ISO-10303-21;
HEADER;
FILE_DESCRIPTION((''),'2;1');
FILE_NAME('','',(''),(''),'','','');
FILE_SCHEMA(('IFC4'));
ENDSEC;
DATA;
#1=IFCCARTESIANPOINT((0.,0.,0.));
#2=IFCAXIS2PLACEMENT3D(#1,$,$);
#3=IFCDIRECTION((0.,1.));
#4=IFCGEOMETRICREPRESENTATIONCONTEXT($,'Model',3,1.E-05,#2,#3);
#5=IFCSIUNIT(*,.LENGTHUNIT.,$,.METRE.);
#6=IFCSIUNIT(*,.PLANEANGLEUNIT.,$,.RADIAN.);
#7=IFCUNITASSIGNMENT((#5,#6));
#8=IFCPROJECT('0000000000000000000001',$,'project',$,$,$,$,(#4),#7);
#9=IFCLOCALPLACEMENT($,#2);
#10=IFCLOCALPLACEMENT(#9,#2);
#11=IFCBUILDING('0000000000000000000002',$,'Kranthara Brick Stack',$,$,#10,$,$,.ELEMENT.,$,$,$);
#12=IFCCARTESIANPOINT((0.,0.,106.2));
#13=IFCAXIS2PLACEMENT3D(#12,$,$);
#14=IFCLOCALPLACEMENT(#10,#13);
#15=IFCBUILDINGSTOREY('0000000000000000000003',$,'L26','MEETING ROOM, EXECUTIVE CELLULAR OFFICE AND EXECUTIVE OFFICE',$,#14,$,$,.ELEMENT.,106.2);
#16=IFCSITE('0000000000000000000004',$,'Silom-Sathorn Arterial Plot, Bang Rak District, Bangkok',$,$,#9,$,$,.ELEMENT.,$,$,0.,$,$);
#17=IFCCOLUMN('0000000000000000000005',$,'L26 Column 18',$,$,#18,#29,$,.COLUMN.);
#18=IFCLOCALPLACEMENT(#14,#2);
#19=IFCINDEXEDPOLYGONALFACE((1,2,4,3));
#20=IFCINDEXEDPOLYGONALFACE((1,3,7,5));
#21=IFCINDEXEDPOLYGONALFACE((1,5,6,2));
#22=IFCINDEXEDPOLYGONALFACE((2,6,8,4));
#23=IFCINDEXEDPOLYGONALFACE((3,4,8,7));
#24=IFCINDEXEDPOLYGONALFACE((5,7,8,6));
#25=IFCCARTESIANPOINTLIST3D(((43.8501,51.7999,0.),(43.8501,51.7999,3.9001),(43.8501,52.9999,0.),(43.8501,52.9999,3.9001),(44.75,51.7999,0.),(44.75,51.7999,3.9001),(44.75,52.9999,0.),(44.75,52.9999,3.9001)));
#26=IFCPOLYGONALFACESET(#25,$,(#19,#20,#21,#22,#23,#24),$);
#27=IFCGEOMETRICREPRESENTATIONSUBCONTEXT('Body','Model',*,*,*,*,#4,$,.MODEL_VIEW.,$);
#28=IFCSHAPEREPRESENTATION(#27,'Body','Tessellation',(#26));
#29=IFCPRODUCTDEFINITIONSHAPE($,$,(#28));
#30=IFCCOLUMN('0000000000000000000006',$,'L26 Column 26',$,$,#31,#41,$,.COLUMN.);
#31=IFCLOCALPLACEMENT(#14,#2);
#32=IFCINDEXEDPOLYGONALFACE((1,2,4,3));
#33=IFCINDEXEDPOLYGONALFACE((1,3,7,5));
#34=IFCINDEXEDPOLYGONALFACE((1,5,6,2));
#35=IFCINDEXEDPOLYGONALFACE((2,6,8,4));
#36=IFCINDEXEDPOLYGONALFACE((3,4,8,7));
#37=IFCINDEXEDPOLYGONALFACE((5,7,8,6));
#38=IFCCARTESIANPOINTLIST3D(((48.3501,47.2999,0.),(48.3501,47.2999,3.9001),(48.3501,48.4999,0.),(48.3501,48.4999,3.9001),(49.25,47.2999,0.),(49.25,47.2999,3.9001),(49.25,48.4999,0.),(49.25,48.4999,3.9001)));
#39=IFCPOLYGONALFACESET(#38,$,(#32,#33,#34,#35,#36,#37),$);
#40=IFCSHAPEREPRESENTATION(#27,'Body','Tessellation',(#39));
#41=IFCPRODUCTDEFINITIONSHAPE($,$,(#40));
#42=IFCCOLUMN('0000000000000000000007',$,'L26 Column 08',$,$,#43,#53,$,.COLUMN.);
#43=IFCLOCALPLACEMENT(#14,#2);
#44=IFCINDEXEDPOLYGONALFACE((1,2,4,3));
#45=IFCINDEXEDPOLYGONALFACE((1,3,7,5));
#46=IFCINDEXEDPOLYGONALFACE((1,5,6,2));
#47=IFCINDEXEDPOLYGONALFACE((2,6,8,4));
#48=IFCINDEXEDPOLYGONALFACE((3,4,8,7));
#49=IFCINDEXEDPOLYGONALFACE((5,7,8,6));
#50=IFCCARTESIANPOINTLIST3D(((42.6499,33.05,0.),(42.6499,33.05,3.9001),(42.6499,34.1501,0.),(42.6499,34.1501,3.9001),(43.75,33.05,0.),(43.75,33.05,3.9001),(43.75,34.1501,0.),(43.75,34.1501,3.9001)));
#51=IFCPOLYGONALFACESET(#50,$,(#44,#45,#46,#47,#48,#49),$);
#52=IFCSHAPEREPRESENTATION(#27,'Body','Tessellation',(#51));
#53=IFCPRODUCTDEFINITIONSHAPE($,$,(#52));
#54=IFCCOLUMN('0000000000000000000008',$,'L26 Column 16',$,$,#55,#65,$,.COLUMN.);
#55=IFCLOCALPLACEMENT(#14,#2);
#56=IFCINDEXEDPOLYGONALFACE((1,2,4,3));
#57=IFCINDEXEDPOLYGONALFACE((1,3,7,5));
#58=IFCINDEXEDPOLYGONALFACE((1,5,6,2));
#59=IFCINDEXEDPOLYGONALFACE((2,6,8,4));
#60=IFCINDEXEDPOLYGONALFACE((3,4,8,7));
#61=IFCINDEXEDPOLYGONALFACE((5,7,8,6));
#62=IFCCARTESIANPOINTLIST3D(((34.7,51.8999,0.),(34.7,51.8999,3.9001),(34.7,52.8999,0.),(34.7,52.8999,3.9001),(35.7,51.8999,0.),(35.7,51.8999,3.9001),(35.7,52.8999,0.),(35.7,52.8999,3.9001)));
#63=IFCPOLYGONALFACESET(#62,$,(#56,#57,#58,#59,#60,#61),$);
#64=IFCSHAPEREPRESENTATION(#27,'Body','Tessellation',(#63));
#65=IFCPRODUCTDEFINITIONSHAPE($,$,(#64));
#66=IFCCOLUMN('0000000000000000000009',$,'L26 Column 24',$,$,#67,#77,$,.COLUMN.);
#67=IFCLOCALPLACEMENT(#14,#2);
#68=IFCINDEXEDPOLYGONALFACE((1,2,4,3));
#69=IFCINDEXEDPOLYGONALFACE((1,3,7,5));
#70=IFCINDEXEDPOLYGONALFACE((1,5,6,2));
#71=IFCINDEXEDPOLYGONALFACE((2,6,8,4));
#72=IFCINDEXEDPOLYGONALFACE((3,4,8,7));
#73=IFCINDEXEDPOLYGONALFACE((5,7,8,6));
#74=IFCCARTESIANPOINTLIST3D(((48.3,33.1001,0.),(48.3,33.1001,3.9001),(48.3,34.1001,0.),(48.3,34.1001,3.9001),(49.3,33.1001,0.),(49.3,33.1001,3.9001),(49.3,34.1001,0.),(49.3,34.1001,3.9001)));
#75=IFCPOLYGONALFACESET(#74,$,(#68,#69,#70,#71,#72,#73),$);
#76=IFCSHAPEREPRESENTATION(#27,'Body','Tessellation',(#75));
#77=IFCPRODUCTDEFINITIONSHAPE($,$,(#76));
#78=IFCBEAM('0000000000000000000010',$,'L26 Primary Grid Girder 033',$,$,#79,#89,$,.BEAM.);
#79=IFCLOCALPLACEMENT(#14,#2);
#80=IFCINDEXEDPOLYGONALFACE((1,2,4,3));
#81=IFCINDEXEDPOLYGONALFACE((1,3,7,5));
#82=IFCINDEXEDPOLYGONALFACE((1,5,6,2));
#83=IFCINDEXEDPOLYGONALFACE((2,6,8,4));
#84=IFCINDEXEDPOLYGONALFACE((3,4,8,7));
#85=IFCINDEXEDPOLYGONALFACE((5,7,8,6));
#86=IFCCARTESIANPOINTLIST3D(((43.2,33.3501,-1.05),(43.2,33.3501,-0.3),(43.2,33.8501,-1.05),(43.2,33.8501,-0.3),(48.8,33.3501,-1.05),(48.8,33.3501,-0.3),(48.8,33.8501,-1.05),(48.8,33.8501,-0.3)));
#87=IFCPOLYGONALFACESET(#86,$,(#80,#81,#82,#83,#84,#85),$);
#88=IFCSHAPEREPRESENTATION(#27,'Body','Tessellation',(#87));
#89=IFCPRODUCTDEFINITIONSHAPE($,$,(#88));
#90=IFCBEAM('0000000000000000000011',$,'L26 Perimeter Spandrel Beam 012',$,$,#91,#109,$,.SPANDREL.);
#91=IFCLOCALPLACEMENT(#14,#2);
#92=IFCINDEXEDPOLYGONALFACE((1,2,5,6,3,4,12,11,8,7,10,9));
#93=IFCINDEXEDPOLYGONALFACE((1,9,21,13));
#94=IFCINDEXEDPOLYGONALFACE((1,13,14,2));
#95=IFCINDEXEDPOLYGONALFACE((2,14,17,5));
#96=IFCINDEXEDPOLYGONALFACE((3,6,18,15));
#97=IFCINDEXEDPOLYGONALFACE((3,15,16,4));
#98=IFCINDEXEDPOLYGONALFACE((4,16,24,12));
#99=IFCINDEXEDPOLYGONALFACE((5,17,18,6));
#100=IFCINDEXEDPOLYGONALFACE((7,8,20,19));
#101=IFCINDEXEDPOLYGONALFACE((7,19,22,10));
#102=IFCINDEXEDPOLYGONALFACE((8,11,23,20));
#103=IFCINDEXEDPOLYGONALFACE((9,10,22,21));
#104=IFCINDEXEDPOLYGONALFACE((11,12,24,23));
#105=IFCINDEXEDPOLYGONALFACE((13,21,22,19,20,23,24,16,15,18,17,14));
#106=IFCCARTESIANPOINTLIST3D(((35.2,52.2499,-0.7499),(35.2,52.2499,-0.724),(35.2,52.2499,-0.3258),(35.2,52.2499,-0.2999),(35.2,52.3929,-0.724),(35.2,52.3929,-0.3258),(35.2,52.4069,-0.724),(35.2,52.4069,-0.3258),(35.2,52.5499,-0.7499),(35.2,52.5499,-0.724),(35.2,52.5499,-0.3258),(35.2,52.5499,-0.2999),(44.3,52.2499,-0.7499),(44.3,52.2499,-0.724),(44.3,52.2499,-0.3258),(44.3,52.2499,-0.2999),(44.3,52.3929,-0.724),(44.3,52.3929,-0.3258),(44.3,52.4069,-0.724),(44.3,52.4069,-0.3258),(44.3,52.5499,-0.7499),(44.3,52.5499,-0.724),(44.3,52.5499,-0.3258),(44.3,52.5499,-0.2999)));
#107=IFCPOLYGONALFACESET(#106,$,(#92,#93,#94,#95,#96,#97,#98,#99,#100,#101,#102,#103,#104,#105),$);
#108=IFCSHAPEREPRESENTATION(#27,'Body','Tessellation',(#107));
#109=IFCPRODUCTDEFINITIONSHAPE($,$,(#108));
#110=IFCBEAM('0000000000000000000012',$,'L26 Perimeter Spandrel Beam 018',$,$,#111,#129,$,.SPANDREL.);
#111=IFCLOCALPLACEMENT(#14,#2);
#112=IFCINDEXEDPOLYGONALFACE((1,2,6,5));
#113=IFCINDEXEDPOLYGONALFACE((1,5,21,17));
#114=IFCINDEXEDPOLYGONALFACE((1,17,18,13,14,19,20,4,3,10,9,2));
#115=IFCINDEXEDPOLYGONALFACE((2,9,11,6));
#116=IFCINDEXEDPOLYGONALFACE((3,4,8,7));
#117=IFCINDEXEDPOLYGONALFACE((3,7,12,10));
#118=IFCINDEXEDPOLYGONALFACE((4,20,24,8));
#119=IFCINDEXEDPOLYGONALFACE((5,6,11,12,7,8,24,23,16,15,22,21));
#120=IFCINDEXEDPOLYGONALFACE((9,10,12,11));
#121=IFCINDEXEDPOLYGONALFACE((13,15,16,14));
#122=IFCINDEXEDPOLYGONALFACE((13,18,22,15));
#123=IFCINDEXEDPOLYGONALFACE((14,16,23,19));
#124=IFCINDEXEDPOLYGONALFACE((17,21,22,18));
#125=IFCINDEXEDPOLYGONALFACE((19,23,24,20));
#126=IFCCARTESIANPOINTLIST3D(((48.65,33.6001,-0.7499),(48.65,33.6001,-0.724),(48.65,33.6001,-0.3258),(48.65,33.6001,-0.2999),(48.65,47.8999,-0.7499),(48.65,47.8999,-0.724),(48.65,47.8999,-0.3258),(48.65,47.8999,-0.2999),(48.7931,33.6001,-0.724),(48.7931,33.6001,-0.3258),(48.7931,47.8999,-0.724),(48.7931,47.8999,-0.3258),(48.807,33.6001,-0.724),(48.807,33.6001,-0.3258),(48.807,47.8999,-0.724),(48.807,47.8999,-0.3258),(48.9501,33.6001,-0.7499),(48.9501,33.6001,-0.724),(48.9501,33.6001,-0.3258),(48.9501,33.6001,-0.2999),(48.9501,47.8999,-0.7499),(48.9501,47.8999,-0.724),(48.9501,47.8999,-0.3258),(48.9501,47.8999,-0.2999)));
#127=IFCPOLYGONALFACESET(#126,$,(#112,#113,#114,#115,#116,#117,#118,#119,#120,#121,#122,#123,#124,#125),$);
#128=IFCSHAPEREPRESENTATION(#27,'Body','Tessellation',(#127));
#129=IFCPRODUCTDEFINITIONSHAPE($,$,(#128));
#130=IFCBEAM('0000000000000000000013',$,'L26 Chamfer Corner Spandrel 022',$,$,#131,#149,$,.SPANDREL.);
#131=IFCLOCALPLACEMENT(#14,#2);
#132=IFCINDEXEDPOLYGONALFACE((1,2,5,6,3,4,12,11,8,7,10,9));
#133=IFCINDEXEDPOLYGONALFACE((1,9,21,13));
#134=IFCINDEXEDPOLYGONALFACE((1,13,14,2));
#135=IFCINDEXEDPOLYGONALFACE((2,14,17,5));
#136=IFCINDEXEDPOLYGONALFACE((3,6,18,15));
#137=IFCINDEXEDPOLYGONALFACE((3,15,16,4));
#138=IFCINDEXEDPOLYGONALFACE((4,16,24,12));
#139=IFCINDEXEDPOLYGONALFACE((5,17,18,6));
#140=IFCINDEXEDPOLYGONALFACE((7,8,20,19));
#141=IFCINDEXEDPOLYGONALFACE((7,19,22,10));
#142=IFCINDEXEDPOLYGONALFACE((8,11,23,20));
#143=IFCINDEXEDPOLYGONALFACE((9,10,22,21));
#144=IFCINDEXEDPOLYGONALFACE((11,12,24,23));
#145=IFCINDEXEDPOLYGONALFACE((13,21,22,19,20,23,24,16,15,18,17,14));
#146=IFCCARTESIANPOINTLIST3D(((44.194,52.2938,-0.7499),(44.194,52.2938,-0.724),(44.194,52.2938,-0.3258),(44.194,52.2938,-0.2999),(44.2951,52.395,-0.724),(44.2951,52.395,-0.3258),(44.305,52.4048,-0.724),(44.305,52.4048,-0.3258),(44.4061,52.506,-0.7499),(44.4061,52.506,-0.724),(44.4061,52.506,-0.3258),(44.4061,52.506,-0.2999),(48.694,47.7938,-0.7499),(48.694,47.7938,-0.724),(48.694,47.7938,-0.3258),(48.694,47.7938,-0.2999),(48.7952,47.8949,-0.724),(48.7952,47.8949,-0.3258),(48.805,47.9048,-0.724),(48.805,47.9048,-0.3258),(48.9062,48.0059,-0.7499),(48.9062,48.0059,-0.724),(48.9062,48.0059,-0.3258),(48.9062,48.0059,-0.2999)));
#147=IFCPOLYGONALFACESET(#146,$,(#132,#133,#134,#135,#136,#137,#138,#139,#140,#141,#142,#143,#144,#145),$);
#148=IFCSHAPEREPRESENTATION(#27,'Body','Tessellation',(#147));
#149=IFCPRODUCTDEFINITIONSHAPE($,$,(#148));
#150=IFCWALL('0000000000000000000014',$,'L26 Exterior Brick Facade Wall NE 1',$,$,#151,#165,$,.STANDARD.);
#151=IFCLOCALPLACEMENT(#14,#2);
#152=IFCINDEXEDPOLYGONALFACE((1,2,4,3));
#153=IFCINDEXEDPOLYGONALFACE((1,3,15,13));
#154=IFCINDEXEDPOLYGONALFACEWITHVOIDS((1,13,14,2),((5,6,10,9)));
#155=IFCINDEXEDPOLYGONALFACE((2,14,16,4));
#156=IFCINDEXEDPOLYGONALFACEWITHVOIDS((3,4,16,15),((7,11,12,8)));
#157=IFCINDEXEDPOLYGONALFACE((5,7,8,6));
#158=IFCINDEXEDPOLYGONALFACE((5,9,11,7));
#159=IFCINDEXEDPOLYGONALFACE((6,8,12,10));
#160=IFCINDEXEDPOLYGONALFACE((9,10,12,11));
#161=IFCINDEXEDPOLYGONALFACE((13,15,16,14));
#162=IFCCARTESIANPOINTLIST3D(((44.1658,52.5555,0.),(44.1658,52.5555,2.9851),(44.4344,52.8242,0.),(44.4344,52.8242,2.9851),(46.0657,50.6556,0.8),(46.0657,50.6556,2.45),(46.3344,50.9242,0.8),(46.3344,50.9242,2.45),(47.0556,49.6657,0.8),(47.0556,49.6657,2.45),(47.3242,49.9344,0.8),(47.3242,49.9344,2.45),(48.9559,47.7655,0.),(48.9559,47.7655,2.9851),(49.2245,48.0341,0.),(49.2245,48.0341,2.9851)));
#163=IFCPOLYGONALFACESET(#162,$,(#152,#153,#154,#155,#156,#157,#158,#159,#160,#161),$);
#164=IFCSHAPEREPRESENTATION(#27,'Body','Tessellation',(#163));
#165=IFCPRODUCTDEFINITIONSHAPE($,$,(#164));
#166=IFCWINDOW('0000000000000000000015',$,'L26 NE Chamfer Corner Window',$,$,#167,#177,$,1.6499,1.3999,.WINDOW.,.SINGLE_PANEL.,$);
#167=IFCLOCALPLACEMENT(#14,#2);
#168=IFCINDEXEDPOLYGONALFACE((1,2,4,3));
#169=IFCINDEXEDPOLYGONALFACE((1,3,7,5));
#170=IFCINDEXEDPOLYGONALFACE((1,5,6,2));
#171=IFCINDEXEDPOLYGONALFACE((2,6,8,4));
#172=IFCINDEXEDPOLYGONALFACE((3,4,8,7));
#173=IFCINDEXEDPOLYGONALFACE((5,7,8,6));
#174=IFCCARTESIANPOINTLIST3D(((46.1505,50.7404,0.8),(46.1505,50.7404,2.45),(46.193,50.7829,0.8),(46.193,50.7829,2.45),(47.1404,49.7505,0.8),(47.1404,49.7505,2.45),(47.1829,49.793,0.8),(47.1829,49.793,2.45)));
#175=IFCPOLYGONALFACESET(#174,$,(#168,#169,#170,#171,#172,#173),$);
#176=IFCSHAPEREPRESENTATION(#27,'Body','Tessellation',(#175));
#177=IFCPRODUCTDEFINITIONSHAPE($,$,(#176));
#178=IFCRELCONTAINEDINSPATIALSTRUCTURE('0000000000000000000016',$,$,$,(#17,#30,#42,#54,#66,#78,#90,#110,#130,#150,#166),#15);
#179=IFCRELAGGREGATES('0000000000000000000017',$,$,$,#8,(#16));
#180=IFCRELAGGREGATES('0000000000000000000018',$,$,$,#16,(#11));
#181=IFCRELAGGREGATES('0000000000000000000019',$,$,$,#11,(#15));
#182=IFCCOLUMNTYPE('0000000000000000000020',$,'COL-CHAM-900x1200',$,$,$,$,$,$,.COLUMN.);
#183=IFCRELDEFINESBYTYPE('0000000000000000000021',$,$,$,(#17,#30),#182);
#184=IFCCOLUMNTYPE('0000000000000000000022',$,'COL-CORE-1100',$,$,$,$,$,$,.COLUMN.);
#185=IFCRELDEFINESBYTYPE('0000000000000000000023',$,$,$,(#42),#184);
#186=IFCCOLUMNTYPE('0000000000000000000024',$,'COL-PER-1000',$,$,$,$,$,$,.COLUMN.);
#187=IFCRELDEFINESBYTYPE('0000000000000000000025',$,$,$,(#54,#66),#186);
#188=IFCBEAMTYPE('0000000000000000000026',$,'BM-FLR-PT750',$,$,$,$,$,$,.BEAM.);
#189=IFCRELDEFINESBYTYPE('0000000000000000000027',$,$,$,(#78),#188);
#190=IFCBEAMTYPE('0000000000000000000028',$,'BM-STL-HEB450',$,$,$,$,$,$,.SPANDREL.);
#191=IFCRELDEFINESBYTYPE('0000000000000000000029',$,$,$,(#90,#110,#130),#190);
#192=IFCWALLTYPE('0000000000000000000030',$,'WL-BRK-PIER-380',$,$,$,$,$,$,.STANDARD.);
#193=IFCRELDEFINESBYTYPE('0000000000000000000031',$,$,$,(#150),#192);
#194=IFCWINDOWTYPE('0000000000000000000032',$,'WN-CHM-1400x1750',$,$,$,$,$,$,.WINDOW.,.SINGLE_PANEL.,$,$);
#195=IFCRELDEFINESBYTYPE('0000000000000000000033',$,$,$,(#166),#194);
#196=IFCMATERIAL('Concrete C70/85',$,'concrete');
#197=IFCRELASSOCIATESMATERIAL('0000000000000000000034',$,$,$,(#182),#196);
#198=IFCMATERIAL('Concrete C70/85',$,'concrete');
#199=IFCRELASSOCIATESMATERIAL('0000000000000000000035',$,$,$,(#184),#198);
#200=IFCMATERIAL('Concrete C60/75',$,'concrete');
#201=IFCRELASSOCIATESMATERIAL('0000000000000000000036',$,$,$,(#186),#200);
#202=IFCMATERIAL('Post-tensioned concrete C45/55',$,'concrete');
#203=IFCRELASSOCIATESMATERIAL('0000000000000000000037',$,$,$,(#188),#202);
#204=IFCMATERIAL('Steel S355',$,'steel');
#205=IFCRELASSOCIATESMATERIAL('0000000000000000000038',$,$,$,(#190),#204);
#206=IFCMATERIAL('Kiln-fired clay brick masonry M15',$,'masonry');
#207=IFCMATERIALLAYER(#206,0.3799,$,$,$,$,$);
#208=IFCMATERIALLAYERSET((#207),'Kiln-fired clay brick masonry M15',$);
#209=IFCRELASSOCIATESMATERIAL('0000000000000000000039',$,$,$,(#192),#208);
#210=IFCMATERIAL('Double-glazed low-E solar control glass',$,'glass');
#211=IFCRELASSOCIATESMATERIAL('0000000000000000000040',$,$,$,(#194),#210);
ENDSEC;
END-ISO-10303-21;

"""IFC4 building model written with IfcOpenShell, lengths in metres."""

from ifc_helpers import new_model, si_unit, direction, frame, frame_2d, origin, origin_2d, place, context, subcontext, project, spatial, rectangle, i_section, extrude, material, layer, layer_set, material_profile, profile_set, type_object, element, fill, save


model = new_model("IFC4")

# Units and contexts
model_context = context("Model", 3, precision=1e-05, world=origin(), true_north=direction((0.0, 1.0)))
body_context = subcontext(model_context, "Body", "Model", "MODEL_VIEW")
ifc_project = project(units=[si_unit("LENGTHUNIT", "METRE"), si_unit("PLANEANGLEUNIT", "RADIAN")], contexts=[model_context])

# Site, building, storey
site_placement = place(None, origin())
site = spatial("IfcSite", under=ifc_project, at=site_placement, Name="Silom-Sathorn Arterial Plot, Bang Rak District, Bangkok", CompositionType="ELEMENT", RefElevation=0.0)
building_placement = place(site_placement, origin())
building = spatial("IfcBuilding", under=site, at=building_placement, Name="Kranthara Brick Stack", CompositionType="ELEMENT")
storey_placement = place(building_placement, frame((0.0, 0.0, 106.2)))
storey = spatial("IfcBuildingStorey", under=building, at=storey_placement, Name="L26", Description="MEETING ROOM, EXECUTIVE CELLULAR OFFICE AND EXECUTIVE OFFICE", CompositionType="ELEMENT", Elevation=106.2)

# Columns
ifc_material_1 = material(Name="Concrete C70/85", Category="concrete")
ifc_material_profile_1 = material_profile(ifc_material_1, rectangle(XDim=0.8999, YDim=1.2, at=origin_2d()), Name="RC 900x1200")
ifc_profile_set_1 = profile_set([ifc_material_profile_1], Name="Concrete C70/85")
column_type_1 = type_object("IfcColumnType", Name="COL-CHAM-900x1200", PredefinedType="COLUMN", material=ifc_profile_set_1)
for number, where, z_axis, x_axis, name in (
    (1, (44.3, 52.3999, 0.0), (0.0, 0.0, 1.0), (1.0, 0.0, 0.0), "L26 Column 18"),
    (2, (48.8, 47.8999, 0.0), (0.0, 0.0, 1.0), (1.0, 0.0, 0.0), "L26 Column 26"),
):
    element("IfcColumn", number, at=place(storey_placement, frame(where, z_axis=z_axis, x_axis=x_axis)), inside=storey, type_object=column_type_1, Name=name, PredefinedType="COLUMN", context=body_context, shape_type="SweptSolid", body=[
        extrude(rectangle(XDim=0.8999, YDim=1.2, at=origin_2d()), origin(), (0.0, 0.0, 1.0), 3.9001),
    ])
ifc_material_2 = material(Name="Concrete C70/85", Category="concrete")
ifc_material_profile_2 = material_profile(ifc_material_2, rectangle(XDim=1.1001, YDim=1.1001, at=origin_2d()), Name="RC 1100x1100")
ifc_profile_set_2 = profile_set([ifc_material_profile_2], Name="Concrete C70/85")
column_type_2 = type_object("IfcColumnType", Name="COL-CORE-1100", PredefinedType="COLUMN", material=ifc_profile_set_2)
column_placement = place(storey_placement, frame((43.2, 33.6001, 0.0), z_axis=(0.0, 0.0, 1.0), x_axis=(1.0, 0.0, 0.0)))
element("IfcColumn", 3, at=column_placement, inside=storey, type_object=column_type_2, Name="L26 Column 08", PredefinedType="COLUMN", context=body_context, shape_type="SweptSolid", body=[
    extrude(rectangle(XDim=1.1001, YDim=1.1001, at=origin_2d()), origin(), (0.0, 0.0, 1.0), 3.9001),
])
ifc_material_3 = material(Name="Concrete C60/75", Category="concrete")
ifc_material_profile_3 = material_profile(ifc_material_3, rectangle(XDim=1.0, YDim=1.0, at=origin_2d()), Name="RC 1000x1000")
ifc_profile_set_3 = profile_set([ifc_material_profile_3], Name="Concrete C60/75")
column_type_3 = type_object("IfcColumnType", Name="COL-PER-1000", PredefinedType="COLUMN", material=ifc_profile_set_3)
for number, where, z_axis, x_axis, name in (
    (4, (35.2, 52.3999, 0.0), (0.0, 0.0, 1.0), (1.0, 0.0, 0.0), "L26 Column 16"),
    (5, (48.8, 33.6001, 0.0), (0.0, 0.0, 1.0), (1.0, 0.0, 0.0), "L26 Column 24"),
):
    element("IfcColumn", number, at=place(storey_placement, frame(where, z_axis=z_axis, x_axis=x_axis)), inside=storey, type_object=column_type_3, Name=name, PredefinedType="COLUMN", context=body_context, shape_type="SweptSolid", body=[
        extrude(rectangle(XDim=1.0, YDim=1.0, at=origin_2d()), origin(), (0.0, 0.0, 1.0), 3.9001),
    ])

# Beams
ifc_material_4 = material(Name="Post-tensioned concrete C45/55", Category="concrete")
ifc_material_profile_4 = material_profile(ifc_material_4, rectangle(XDim=0.5, YDim=0.75, at=origin_2d()), Name="PT 500x750")
ifc_profile_set_4 = profile_set([ifc_material_profile_4], Name="Post-tensioned concrete C45/55")
beam_type_1 = type_object("IfcBeamType", Name="BM-FLR-PT750", PredefinedType="BEAM", material=ifc_profile_set_4)
beam_1_placement = place(storey_placement, frame((43.2, 33.6001, -0.675), z_axis=(1.0, 0.0, 0.0), x_axis=(0.0, 1.0, 0.0)))
element("IfcBeam", 6, at=beam_1_placement, inside=storey, type_object=beam_type_1, Name="L26 Primary Grid Girder 033", PredefinedType="BEAM", context=body_context, shape_type="SweptSolid", body=[
    extrude(rectangle(XDim=0.5, YDim=0.75, at=origin_2d()), origin(), (0.0, 0.0, 1.0), 5.6001),
])
ifc_material_5 = material(Name="Steel S355", Category="steel")
ifc_material_profile_5 = material_profile(ifc_material_5, i_section(OverallWidth=0.3, OverallDepth=0.45, WebThickness=0.0139, FlangeThickness=0.0259, at=origin_2d()), Name="HEB 450")
ifc_profile_set_5 = profile_set([ifc_material_profile_5], Name="Steel S355")
beam_type_2 = type_object("IfcBeamType", Name="BM-STL-HEB450", PredefinedType="SPANDREL", material=ifc_profile_set_5)
beam_2_placement = place(storey_placement, frame((35.2, 52.3999, -0.5249), z_axis=(1.0, 0.0, 0.0), x_axis=(0.0, 1.0, 0.0)))
element("IfcBeam", 7, at=beam_2_placement, inside=storey, type_object=beam_type_2, Name="L26 Perimeter Spandrel Beam 012", PredefinedType="SPANDREL", context=body_context, shape_type="SweptSolid", body=[
    extrude(i_section(OverallWidth=0.3, OverallDepth=0.45, WebThickness=0.0139, FlangeThickness=0.0259, at=origin_2d()), origin(), (0.0, 0.0, 1.0), 9.1001),
])
beam_3_placement = place(storey_placement, frame((48.8, 33.6001, -0.5249), z_axis=(0.0, 1.0, 0.0), x_axis=(-1.0, 0.0, 0.0)))
element("IfcBeam", 8, at=beam_3_placement, inside=storey, type_object=beam_type_2, Name="L26 Perimeter Spandrel Beam 018", PredefinedType="SPANDREL", context=body_context, shape_type="SweptSolid", body=[
    extrude(i_section(OverallWidth=0.3, OverallDepth=0.45, WebThickness=0.0139, FlangeThickness=0.0259, at=origin_2d()), origin(), (0.0, 0.0, 1.0), 14.2998),
])
beam_4_placement = place(storey_placement, frame((44.3, 52.3999, -0.5249), z_axis=(0.707107, -0.707107, 0.0), x_axis=(0.707107, 0.707107, 0.0)))
element("IfcBeam", 9, at=beam_4_placement, inside=storey, type_object=beam_type_2, Name="L26 Chamfer Corner Spandrel 022", PredefinedType="SPANDREL", context=body_context, shape_type="SweptSolid", body=[
    extrude(i_section(OverallWidth=0.3, OverallDepth=0.45, WebThickness=0.0139, FlangeThickness=0.0259, at=origin_2d()), origin(), (0.0, 0.0, 1.0), 6.364),
])

# Wall, opening, window
ifc_material_6 = material(Name="Kiln-fired clay brick masonry M15", Category="masonry")
ifc_layer_1 = layer(ifc_material_6, 0.3799)
ifc_layer_set_1 = layer_set([ifc_layer_1], Name="Kiln-fired clay brick masonry M15")
wall_type_1 = type_object("IfcWallType", Name="WL-BRK-PIER-380", PredefinedType="STANDARD", material=ifc_layer_set_1)
wall_1_placement = place(storey_placement, frame((44.3, 52.6899, 0.0), z_axis=(0.0, 0.0, 1.0), x_axis=(0.707107, -0.707107, 0.0)))
wall_1 = element("IfcWall", 10, at=wall_1_placement, inside=storey, type_object=wall_type_1, Name="L26 Exterior Brick Facade Wall NE 1", PredefinedType="STANDARD", context=body_context, shape_type="SweptSolid", body=[
    extrude(rectangle(XDim=6.7742, YDim=0.3799, at=frame_2d((3.3872, 0.0))), origin(), (0.0, 0.0, 1.0), 2.9851),
])
opening_1_placement = place(wall_1_placement, frame((2.687, 0.0, 0.8)))
opening_1 = element("IfcOpeningElement", 11, at=opening_1_placement, cuts=wall_1, PredefinedType="OPENING", context=body_context, shape_type="SweptSolid", body=[
    extrude(rectangle(XDim=1.3999, YDim=1.6499, at=frame_2d((0.7, 0.825))), frame((0.0, 0.2, 0.0), z_axis=(0.0, -1.0, 0.0), x_axis=(1.0, 0.0, 0.0)), (0.0, 0.0, 1.0), 0.3999),
])
ifc_material_7 = material(Name="Double-glazed low-E solar control glass", Category="glass")
window_type_1 = type_object("IfcWindowType", Name="WN-CHM-1400x1750", PartitioningType="SINGLE_PANEL", PredefinedType="WINDOW", material=ifc_material_7)
window_1_placement = place(opening_1_placement, origin())
window_1 = element("IfcWindow", 12, at=window_1_placement, inside=storey, type_object=window_type_1, Name="L26 NE Chamfer Corner Window", OverallHeight=1.6499, OverallWidth=1.3999, PartitioningType="SINGLE_PANEL", PredefinedType="WINDOW", context=body_context, shape_type="SweptSolid", body=[
    extrude(rectangle(XDim=1.3999, YDim=1.6499, at=frame_2d((0.7, 0.825))), frame((0.0, -0.01, 0.0), z_axis=(0.0, -1.0, 0.0), x_axis=(1.0, 0.0, 0.0)), (0.0, 0.0, 1.0), 0.0601),
])
fill(opening_1, window_1)

save(model, "model.ifc")
